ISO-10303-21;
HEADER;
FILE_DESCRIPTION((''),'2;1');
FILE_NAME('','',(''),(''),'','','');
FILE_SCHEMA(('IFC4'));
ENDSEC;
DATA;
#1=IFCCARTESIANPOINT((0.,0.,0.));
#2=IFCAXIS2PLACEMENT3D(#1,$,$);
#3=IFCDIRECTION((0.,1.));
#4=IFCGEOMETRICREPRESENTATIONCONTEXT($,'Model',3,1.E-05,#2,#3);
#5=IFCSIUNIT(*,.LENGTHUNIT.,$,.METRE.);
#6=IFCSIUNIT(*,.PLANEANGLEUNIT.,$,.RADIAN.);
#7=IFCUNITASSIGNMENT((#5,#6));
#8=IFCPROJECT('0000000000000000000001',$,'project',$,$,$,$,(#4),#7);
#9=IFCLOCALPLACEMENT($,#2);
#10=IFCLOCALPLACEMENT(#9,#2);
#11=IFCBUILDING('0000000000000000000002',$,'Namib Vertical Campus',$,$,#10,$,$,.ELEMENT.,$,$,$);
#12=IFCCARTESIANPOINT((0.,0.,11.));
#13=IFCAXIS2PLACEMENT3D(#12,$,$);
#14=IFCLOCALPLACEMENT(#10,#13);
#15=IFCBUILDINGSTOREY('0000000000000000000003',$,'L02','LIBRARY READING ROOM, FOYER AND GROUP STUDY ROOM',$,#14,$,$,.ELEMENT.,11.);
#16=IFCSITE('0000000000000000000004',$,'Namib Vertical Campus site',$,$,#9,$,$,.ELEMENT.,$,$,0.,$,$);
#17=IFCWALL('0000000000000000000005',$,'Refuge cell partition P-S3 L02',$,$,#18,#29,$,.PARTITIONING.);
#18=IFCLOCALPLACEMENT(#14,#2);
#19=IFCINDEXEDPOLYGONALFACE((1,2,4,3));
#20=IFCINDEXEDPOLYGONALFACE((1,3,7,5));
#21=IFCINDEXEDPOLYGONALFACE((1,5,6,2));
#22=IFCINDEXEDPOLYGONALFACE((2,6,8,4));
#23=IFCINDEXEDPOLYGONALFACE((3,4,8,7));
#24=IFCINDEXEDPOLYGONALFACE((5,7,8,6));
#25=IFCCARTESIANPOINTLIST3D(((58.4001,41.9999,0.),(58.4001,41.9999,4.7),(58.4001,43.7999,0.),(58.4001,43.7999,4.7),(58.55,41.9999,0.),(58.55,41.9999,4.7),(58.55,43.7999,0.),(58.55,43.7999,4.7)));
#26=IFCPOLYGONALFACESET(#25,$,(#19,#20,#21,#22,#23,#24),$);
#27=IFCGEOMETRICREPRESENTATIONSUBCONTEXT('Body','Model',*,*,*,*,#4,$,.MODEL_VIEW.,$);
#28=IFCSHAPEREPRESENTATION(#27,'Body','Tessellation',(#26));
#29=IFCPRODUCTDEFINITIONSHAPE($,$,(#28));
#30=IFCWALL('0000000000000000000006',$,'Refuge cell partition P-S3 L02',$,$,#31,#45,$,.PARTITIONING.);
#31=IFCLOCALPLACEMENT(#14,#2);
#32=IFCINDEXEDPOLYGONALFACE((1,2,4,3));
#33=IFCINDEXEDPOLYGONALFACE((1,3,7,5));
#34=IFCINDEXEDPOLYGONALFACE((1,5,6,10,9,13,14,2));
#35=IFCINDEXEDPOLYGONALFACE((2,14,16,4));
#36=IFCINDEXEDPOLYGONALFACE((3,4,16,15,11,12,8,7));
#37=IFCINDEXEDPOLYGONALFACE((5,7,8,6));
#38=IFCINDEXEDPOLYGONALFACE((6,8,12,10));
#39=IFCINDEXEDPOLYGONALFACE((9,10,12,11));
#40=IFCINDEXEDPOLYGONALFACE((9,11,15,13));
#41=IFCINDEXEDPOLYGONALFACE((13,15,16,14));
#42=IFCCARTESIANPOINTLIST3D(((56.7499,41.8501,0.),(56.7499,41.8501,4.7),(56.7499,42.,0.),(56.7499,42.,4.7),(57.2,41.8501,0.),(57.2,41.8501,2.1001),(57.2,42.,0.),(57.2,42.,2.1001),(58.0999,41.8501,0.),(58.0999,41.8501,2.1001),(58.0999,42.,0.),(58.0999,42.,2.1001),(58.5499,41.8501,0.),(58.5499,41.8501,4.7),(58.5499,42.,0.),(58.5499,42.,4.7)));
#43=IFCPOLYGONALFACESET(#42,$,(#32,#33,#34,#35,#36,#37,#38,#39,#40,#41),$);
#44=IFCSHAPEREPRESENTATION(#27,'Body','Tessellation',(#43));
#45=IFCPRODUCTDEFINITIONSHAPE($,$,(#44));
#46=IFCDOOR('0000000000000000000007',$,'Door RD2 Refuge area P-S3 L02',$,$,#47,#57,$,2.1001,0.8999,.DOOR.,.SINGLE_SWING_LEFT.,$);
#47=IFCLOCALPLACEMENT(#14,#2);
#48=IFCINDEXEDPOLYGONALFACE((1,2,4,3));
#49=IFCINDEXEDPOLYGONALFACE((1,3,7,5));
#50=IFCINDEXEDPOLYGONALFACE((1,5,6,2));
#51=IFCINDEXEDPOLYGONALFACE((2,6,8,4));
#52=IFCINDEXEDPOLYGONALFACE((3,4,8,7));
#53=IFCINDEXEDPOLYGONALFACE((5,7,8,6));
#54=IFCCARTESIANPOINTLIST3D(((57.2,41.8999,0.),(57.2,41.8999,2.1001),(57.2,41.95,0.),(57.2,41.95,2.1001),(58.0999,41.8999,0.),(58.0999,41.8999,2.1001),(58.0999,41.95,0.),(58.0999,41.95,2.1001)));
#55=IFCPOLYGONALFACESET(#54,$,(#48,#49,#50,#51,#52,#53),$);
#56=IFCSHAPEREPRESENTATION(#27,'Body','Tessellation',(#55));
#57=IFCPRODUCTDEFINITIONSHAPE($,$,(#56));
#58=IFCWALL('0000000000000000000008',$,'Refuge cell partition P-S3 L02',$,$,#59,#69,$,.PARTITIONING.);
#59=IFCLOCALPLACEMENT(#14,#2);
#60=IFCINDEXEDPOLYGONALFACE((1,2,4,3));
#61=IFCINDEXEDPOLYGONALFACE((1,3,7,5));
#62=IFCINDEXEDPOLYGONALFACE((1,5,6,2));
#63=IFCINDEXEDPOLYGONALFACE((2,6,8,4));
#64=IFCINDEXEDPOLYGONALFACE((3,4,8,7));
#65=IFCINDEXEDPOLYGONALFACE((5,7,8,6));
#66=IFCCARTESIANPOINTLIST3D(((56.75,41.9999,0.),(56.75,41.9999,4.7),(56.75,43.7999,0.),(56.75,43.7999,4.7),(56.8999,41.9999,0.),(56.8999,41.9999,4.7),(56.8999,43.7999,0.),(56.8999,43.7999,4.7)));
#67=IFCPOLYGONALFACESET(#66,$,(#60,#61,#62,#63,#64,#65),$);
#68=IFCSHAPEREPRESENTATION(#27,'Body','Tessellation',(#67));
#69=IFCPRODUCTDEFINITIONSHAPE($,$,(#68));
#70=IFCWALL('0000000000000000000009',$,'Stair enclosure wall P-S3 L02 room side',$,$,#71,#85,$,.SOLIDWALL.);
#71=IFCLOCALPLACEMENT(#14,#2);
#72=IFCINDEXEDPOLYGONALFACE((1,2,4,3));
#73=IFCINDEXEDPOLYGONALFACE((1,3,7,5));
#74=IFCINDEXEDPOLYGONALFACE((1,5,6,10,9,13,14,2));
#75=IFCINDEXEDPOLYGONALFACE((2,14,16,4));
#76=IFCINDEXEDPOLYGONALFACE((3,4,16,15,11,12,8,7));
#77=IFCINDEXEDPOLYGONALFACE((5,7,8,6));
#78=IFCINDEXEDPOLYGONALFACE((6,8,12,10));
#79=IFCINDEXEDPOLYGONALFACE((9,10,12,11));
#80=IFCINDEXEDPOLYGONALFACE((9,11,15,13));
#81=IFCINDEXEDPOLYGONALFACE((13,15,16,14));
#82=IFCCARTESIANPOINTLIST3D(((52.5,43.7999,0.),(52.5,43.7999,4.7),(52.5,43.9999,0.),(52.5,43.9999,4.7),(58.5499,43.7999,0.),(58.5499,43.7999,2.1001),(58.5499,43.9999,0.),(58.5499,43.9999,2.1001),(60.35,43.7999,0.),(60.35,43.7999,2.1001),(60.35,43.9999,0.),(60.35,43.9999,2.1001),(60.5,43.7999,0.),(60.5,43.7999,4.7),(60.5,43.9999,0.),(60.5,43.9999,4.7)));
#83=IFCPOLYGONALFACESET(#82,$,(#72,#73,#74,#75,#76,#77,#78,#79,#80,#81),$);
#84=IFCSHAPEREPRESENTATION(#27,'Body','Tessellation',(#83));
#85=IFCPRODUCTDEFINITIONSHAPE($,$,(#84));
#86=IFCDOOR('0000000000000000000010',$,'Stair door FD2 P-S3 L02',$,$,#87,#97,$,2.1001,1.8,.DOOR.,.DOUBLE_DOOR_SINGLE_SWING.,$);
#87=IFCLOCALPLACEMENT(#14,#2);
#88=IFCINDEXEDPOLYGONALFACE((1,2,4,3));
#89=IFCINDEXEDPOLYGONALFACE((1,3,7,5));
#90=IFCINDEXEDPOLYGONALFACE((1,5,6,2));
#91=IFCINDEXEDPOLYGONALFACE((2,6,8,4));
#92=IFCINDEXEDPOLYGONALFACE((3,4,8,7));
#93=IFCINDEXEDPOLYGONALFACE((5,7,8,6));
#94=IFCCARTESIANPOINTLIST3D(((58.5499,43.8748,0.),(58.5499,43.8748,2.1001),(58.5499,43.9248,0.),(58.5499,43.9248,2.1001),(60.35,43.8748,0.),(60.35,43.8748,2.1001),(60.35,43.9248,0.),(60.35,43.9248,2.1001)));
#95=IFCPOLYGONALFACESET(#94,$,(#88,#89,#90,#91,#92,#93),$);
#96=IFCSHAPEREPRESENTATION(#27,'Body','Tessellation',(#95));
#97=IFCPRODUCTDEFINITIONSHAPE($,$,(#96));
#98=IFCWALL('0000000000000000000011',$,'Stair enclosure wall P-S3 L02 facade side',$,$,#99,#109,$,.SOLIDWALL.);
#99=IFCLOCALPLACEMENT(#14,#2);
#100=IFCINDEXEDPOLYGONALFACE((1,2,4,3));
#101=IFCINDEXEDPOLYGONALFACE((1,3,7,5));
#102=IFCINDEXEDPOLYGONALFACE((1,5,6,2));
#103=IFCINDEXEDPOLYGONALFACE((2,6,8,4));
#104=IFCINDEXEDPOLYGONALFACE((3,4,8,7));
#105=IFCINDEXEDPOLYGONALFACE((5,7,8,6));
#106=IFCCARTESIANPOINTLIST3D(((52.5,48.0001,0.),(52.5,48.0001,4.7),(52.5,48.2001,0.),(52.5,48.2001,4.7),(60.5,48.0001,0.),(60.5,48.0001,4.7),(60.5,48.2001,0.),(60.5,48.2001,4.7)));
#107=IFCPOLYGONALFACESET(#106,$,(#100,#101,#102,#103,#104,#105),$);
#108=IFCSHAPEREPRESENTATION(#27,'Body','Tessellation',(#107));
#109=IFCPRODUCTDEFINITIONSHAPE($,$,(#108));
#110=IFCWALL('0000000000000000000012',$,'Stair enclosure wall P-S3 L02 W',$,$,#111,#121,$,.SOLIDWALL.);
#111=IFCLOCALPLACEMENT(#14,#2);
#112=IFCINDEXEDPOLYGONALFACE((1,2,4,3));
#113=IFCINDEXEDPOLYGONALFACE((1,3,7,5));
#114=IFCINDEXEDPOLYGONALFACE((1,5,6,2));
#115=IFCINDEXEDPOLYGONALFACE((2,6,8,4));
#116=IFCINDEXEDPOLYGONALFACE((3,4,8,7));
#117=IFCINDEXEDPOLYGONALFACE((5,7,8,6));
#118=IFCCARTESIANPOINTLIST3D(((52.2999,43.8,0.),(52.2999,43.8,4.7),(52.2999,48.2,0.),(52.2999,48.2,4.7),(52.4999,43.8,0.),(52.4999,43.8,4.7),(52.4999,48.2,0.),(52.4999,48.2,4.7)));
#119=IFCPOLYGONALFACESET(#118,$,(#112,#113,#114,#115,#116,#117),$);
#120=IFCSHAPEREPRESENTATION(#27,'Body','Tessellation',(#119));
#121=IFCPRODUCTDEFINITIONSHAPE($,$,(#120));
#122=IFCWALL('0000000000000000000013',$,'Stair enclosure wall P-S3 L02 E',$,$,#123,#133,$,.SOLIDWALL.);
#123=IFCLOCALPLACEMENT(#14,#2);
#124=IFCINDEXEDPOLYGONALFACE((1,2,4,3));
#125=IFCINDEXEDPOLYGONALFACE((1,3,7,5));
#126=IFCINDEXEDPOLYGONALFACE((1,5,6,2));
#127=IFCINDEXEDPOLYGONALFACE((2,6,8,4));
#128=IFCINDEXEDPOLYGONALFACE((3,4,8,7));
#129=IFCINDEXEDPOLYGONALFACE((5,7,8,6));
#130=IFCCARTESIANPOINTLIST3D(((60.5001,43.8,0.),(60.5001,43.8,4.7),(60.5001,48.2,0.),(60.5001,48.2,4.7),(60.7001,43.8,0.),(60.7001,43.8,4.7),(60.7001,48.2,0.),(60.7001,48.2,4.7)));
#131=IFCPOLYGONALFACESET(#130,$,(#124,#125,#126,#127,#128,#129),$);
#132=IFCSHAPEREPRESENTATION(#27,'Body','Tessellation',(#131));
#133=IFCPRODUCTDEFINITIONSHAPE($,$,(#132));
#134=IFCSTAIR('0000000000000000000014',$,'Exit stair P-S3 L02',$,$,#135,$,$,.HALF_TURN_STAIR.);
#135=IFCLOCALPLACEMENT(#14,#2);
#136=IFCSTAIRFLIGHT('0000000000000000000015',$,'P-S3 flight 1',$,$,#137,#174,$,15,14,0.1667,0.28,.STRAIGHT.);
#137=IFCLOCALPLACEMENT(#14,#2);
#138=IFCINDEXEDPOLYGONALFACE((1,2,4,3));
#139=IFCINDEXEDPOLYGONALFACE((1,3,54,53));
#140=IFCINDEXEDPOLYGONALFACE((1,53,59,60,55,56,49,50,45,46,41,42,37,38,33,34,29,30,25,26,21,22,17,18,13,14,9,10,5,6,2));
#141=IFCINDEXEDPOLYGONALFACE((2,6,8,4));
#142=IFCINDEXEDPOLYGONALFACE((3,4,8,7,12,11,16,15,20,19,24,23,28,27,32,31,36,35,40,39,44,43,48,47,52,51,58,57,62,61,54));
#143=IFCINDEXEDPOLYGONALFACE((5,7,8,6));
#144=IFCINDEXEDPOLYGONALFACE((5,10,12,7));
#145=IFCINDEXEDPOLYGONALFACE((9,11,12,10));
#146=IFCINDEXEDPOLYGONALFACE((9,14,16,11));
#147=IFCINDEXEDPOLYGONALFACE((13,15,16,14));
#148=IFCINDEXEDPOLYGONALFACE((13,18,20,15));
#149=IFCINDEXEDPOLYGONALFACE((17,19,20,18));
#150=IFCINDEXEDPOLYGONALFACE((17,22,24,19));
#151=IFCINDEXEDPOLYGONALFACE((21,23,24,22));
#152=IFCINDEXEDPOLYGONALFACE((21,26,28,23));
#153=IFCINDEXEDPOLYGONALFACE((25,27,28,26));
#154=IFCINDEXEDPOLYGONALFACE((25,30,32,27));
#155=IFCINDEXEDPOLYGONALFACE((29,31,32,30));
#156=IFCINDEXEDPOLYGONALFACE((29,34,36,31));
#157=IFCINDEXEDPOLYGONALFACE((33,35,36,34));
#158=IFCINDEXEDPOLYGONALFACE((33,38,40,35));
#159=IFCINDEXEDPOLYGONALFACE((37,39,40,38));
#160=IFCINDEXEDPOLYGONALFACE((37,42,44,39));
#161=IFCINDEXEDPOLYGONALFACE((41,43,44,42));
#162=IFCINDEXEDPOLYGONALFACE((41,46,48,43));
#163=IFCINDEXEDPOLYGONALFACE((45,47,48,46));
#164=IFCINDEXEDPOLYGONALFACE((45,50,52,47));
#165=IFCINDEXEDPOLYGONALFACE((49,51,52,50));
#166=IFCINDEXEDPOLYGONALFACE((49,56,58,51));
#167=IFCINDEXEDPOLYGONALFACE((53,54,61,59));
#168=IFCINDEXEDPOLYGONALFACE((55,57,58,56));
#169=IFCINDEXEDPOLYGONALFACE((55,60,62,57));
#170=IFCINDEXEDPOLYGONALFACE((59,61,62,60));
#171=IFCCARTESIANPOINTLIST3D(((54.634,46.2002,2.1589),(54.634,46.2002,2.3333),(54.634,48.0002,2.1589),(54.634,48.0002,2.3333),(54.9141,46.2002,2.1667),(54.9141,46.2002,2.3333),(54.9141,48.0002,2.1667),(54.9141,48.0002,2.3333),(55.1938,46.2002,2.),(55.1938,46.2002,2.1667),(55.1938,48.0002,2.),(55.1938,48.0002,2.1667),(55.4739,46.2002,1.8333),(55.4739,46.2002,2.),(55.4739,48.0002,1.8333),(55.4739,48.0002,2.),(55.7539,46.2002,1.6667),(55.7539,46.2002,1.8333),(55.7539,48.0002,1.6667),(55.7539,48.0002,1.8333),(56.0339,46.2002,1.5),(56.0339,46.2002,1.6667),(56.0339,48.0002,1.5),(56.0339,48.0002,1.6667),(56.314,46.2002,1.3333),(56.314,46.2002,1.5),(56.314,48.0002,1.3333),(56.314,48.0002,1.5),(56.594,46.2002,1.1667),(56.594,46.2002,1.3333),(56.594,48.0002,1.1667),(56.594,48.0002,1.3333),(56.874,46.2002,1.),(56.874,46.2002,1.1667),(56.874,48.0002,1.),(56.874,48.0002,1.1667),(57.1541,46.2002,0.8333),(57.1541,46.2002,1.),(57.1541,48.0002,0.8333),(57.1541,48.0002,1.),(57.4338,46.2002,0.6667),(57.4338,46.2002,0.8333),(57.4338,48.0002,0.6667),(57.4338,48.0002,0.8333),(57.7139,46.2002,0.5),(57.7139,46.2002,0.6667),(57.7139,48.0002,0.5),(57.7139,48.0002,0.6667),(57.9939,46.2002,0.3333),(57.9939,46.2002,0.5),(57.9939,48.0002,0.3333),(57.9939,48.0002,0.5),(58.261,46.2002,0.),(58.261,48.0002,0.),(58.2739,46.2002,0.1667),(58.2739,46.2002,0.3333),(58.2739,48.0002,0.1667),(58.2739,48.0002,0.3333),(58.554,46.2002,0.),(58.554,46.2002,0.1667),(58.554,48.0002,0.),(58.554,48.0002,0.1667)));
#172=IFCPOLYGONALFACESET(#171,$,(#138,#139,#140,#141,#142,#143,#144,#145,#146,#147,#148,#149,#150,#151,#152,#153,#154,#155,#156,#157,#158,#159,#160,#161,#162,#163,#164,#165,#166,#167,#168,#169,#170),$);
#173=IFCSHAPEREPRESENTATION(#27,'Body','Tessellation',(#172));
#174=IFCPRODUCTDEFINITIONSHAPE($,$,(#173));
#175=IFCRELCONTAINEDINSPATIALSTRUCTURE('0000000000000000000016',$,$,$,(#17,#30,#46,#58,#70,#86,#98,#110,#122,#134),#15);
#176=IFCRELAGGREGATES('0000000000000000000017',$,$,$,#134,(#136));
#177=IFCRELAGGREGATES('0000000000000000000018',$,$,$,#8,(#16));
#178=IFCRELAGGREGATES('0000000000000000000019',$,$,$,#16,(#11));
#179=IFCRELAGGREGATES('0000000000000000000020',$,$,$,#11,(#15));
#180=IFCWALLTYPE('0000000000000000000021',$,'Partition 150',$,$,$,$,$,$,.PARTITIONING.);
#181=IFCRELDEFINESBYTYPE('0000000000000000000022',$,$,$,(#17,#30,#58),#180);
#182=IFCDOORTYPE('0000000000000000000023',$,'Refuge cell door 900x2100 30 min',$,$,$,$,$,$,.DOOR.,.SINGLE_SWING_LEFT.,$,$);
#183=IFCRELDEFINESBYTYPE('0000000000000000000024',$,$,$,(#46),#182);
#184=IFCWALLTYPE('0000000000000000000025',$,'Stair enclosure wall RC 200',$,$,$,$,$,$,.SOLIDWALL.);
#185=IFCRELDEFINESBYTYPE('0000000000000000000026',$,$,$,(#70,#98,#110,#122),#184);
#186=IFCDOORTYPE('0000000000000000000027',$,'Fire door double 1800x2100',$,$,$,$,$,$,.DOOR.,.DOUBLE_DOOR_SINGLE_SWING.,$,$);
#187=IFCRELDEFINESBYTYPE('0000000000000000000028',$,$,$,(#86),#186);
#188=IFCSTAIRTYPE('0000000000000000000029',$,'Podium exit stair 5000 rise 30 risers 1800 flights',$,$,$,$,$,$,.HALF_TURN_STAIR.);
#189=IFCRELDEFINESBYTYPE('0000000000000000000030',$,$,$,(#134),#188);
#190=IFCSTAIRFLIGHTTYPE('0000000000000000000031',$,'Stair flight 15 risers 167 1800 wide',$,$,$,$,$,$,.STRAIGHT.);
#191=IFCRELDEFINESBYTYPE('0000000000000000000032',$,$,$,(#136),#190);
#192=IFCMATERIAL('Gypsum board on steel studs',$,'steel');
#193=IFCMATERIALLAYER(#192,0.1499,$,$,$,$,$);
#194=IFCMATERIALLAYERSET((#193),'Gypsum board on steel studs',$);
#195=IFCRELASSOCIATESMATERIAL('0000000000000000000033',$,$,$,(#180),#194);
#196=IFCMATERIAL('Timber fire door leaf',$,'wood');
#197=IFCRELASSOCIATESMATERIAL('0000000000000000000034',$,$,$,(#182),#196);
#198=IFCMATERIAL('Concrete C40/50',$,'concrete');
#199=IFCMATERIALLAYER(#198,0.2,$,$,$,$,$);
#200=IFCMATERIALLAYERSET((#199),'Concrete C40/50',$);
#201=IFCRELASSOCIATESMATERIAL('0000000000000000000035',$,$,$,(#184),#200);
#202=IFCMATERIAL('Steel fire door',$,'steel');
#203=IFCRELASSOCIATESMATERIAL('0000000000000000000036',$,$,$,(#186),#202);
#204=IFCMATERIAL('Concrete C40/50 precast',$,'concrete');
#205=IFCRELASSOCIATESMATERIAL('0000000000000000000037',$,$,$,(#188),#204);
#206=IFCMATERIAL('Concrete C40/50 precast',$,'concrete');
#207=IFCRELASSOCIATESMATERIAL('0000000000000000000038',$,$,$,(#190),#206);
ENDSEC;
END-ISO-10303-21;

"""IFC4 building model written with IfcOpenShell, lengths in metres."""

from ifc_helpers import new_model, si_unit, direction, frame, frame_2d, origin, place, context, subcontext, project, spatial, polyline, rectangle, outline, extrude, material, layer, layer_set, type_object, element, fill, aggregate, save


model = new_model("IFC4")

# Units and contexts
model_context = context("Model", 3, precision=1e-05, world=origin(), true_north=direction((0.0, 1.0)))
body_context = subcontext(model_context, "Body", "Model", "MODEL_VIEW")
ifc_project = project(units=[si_unit("LENGTHUNIT", "METRE"), si_unit("PLANEANGLEUNIT", "RADIAN")], contexts=[model_context])

# Site, building, storey
site_placement = place(None, origin())
site = spatial("IfcSite", under=ifc_project, at=site_placement, Name="Namib Vertical Campus site", CompositionType="ELEMENT", RefElevation=0.0)
building_placement = place(site_placement, origin())
building = spatial("IfcBuilding", under=site, at=building_placement, Name="Namib Vertical Campus", CompositionType="ELEMENT")
storey_placement = place(building_placement, frame((0.0, 0.0, 11.0)))
storey = spatial("IfcBuildingStorey", under=building, at=storey_placement, Name="L02", Description="LIBRARY READING ROOM, FOYER AND GROUP STUDY ROOM", CompositionType="ELEMENT", Elevation=11.0)

# Wall
ifc_material_1 = material(Name="Gypsum board on steel studs", Category="steel")
ifc_layer_1 = layer(ifc_material_1, 0.1499)
ifc_layer_set_1 = layer_set([ifc_layer_1], Name="Gypsum board on steel studs")
wall_type_1 = type_object("IfcWallType", Name="Partition 150", PredefinedType="PARTITIONING", material=ifc_layer_set_1)
wall_1_placement = place(storey_placement, frame((58.4751, 42.0, 0.0), z_axis=(0.0, 0.0, 1.0), x_axis=(0.0, 1.0, 0.0)))
element("IfcWall", 1, at=wall_1_placement, inside=storey, type_object=wall_type_1, Name="Refuge cell partition P-S3 L02", PredefinedType="PARTITIONING", context=body_context, shape_type="SweptSolid", body=[
    extrude(rectangle(XDim=1.8, YDim=0.1499, at=frame_2d((0.8999, 0.0))), origin(), (0.0, 0.0, 1.0), 4.7),
])

# Wall, opening, door
wall_2_placement = place(storey_placement, frame((56.75, 41.925, 0.0), z_axis=(0.0, 0.0, 1.0), x_axis=(1.0, 0.0, 0.0)))
wall_2 = element("IfcWall", 2, at=wall_2_placement, inside=storey, type_object=wall_type_1, Name="Refuge cell partition P-S3 L02", PredefinedType="PARTITIONING", context=body_context, shape_type="SweptSolid", body=[
    extrude(rectangle(XDim=1.8, YDim=0.1499, at=frame_2d((0.8999, 0.0))), origin(), (0.0, 0.0, 1.0), 4.7),
])
opening_1_placement = place(wall_2_placement, frame((0.45, 0.0, 0.0)))
opening_1 = element("IfcOpeningElement", 3, at=opening_1_placement, cuts=wall_2, PredefinedType="OPENING", context=body_context, shape_type="SweptSolid", body=[
    extrude(rectangle(XDim=0.8999, YDim=2.1001, at=frame_2d((0.45, 1.05))), frame((0.0, 0.085, 0.0), z_axis=(0.0, -1.0, 0.0), x_axis=(1.0, 0.0, 0.0)), (0.0, 0.0, 1.0), 0.1699),
])
ifc_material_2 = material(Name="Timber fire door leaf", Category="wood")
door_type_1 = type_object("IfcDoorType", Name="Refuge cell door 900x2100 30 min", OperationType="SINGLE_SWING_LEFT", PredefinedType="DOOR", material=ifc_material_2)
door_1_placement = place(opening_1_placement, origin())
door_1 = element("IfcDoor", 4, at=door_1_placement, inside=storey, type_object=door_type_1, Name="Door RD2 Refuge area P-S3 L02", OperationType="SINGLE_SWING_LEFT", OverallHeight=2.1001, OverallWidth=0.8999, PredefinedType="DOOR", context=body_context, shape_type="SweptSolid", body=[
    extrude(rectangle(XDim=0.8999, YDim=2.1001, at=frame_2d((0.45, 1.05))), frame((0.0, 0.0249, 0.0), z_axis=(0.0, -1.0, 0.0), x_axis=(1.0, 0.0, 0.0)), (0.0, 0.0, 1.0), 0.05),
])
fill(opening_1, door_1)

# Wall
wall_3_placement = place(storey_placement, frame((56.825, 42.0, 0.0), z_axis=(0.0, 0.0, 1.0), x_axis=(0.0, 1.0, 0.0)))
element("IfcWall", 5, at=wall_3_placement, inside=storey, type_object=wall_type_1, Name="Refuge cell partition P-S3 L02", PredefinedType="PARTITIONING", context=body_context, shape_type="SweptSolid", body=[
    extrude(rectangle(XDim=1.8, YDim=0.1499, at=frame_2d((0.8999, 0.0))), origin(), (0.0, 0.0, 1.0), 4.7),
])

# Wall, opening, door
ifc_material_3 = material(Name="Concrete C40/50", Category="concrete")
ifc_layer_2 = layer(ifc_material_3, 0.2)
ifc_layer_set_2 = layer_set([ifc_layer_2], Name="Concrete C40/50")
wall_type_2 = type_object("IfcWallType", Name="Stair enclosure wall RC 200", PredefinedType="SOLIDWALL", material=ifc_layer_set_2)
wall_4_placement = place(storey_placement, frame((52.5, 43.8999, 0.0), z_axis=(0.0, 0.0, 1.0), x_axis=(1.0, 0.0, 0.0)))
wall_4 = element("IfcWall", 6, at=wall_4_placement, inside=storey, type_object=wall_type_2, Name="Stair enclosure wall P-S3 L02 room side", PredefinedType="SOLIDWALL", context=body_context, shape_type="SweptSolid", body=[
    extrude(rectangle(XDim=8.0, YDim=0.2, at=frame_2d((4.0, 0.0))), origin(), (0.0, 0.0, 1.0), 4.7),
])
opening_2_placement = place(wall_4_placement, frame((6.05, 0.0, 0.0)))
opening_2 = element("IfcOpeningElement", 7, at=opening_2_placement, cuts=wall_4, PredefinedType="OPENING", context=body_context, shape_type="SweptSolid", body=[
    extrude(rectangle(XDim=1.8, YDim=2.1001, at=frame_2d((0.8999, 1.05))), frame((0.0, 0.1099, 0.0), z_axis=(0.0, -1.0, 0.0), x_axis=(1.0, 0.0, 0.0)), (0.0, 0.0, 1.0), 0.22),
])
ifc_material_4 = material(Name="Steel fire door", Category="steel")
door_type_2 = type_object("IfcDoorType", Name="Fire door double 1800x2100", OperationType="DOUBLE_DOOR_SINGLE_SWING", PredefinedType="DOOR", material=ifc_material_4)
door_2_placement = place(opening_2_placement, origin())
door_2 = element("IfcDoor", 8, at=door_2_placement, inside=storey, type_object=door_type_2, Name="Stair door FD2 P-S3 L02", OperationType="DOUBLE_DOOR_SINGLE_SWING", OverallHeight=2.1001, OverallWidth=1.8, PredefinedType="DOOR", context=body_context, shape_type="SweptSolid", body=[
    extrude(rectangle(XDim=1.8, YDim=2.1001, at=frame_2d((0.8999, 1.05))), frame((0.0, 0.0249, 0.0), z_axis=(0.0, -1.0, 0.0), x_axis=(1.0, 0.0, 0.0)), (0.0, 0.0, 1.0), 0.05),
])
fill(opening_2, door_2)

# Walls
wall_5_placement = place(storey_placement, frame((52.5, 48.1001, 0.0), z_axis=(0.0, 0.0, 1.0), x_axis=(1.0, 0.0, 0.0)))
element("IfcWall", 9, at=wall_5_placement, inside=storey, type_object=wall_type_2, Name="Stair enclosure wall P-S3 L02 facade side", PredefinedType="SOLIDWALL", context=body_context, shape_type="SweptSolid", body=[
    extrude(rectangle(XDim=8.0, YDim=0.2, at=frame_2d((4.0, 0.0))), origin(), (0.0, 0.0, 1.0), 4.7),
])
for number, where, z_axis, x_axis, name in (
    (10, (52.3999, 43.8, 0.0), (0.0, 0.0, 1.0), (0.0, 1.0, 0.0), "Stair enclosure wall P-S3 L02 W"),
    (11, (60.6001, 43.8, 0.0), (0.0, 0.0, 1.0), (0.0, 1.0, 0.0), "Stair enclosure wall P-S3 L02 E"),
):
    element("IfcWall", number, at=place(storey_placement, frame(where, z_axis=z_axis, x_axis=x_axis)), inside=storey, type_object=wall_type_2, Name=name, PredefinedType="SOLIDWALL", context=body_context, shape_type="SweptSolid", body=[
        extrude(rectangle(XDim=4.3999, YDim=0.2, at=frame_2d((2.2, 0.0))), origin(), (0.0, 0.0, 1.0), 4.7),
    ])

# Stair, stair flight
ifc_material_5 = material(Name="Concrete C40/50 precast", Category="concrete")
stair_type = type_object("IfcStairType", Name="Podium exit stair 5000 rise 30 risers 1800 flights", PredefinedType="HALF_TURN_STAIR", material=ifc_material_5)
stair_placement = place(storey_placement, origin())
stair = element("IfcStair", 12, at=stair_placement, inside=storey, type_object=stair_type, Name="Exit stair P-S3 L02", PredefinedType="HALF_TURN_STAIR")
ifc_material_6 = material(Name="Concrete C40/50 precast", Category="concrete")
stair_flight_type = type_object("IfcStairFlightType", Name="Stair flight 15 risers 167 1800 wide", PredefinedType="STRAIGHT", material=ifc_material_6)
stair_flight_1_placement = place(storey_placement, frame((58.554, 47.1001, 0.0), z_axis=(0.0, 0.0, 1.0), x_axis=(-1.0, 0.0, 0.0)))
stair_flight_1 = element("IfcStairFlight", 13, at=stair_flight_1_placement, type_object=stair_flight_type, Name="P-S3 flight 1", NumberOfRisers=15, NumberOfTreads=14, PredefinedType="STRAIGHT", RiserHeight=0.1667, TreadLength=0.28, context=body_context, shape_type="SweptSolid", body=[
    extrude(outline(polyline([(0.0, 0.0), (0.0, 0.1667), (0.28, 0.1667), (0.28, 0.3333), (0.5601, 0.3333), (0.5601, 0.5), (0.8401, 0.5), (0.8401, 0.6667), (1.1201, 0.6667), (1.1201, 0.8333), (1.3999, 0.8333), (1.3999, 1.0), (1.6799, 1.0), (1.6799, 1.1667), (1.96, 1.1667), (1.96, 1.3333), (2.24, 1.3333), (2.24, 1.5), (2.52, 1.5), (2.52, 1.6667), (2.8, 1.6667), (2.8, 1.8333), (3.0801, 1.8333), (3.0801, 2.0), (3.3601, 2.0), (3.3601, 2.1667), (3.6399, 2.1667), (3.6399, 2.3333), (3.9199, 2.3333), (3.9199, 2.5), (3.9199, 2.1589), (0.293, 0.0), (0.0, 0.0)])), frame((0.0, 0.8999, 0.0), z_axis=(0.0, -1.0, 0.0), x_axis=(1.0, 0.0, 0.0)), (0.0, 0.0, 1.0), 1.8),
])
aggregate(stair, [stair_flight_1])

save(model, "model.ifc")
